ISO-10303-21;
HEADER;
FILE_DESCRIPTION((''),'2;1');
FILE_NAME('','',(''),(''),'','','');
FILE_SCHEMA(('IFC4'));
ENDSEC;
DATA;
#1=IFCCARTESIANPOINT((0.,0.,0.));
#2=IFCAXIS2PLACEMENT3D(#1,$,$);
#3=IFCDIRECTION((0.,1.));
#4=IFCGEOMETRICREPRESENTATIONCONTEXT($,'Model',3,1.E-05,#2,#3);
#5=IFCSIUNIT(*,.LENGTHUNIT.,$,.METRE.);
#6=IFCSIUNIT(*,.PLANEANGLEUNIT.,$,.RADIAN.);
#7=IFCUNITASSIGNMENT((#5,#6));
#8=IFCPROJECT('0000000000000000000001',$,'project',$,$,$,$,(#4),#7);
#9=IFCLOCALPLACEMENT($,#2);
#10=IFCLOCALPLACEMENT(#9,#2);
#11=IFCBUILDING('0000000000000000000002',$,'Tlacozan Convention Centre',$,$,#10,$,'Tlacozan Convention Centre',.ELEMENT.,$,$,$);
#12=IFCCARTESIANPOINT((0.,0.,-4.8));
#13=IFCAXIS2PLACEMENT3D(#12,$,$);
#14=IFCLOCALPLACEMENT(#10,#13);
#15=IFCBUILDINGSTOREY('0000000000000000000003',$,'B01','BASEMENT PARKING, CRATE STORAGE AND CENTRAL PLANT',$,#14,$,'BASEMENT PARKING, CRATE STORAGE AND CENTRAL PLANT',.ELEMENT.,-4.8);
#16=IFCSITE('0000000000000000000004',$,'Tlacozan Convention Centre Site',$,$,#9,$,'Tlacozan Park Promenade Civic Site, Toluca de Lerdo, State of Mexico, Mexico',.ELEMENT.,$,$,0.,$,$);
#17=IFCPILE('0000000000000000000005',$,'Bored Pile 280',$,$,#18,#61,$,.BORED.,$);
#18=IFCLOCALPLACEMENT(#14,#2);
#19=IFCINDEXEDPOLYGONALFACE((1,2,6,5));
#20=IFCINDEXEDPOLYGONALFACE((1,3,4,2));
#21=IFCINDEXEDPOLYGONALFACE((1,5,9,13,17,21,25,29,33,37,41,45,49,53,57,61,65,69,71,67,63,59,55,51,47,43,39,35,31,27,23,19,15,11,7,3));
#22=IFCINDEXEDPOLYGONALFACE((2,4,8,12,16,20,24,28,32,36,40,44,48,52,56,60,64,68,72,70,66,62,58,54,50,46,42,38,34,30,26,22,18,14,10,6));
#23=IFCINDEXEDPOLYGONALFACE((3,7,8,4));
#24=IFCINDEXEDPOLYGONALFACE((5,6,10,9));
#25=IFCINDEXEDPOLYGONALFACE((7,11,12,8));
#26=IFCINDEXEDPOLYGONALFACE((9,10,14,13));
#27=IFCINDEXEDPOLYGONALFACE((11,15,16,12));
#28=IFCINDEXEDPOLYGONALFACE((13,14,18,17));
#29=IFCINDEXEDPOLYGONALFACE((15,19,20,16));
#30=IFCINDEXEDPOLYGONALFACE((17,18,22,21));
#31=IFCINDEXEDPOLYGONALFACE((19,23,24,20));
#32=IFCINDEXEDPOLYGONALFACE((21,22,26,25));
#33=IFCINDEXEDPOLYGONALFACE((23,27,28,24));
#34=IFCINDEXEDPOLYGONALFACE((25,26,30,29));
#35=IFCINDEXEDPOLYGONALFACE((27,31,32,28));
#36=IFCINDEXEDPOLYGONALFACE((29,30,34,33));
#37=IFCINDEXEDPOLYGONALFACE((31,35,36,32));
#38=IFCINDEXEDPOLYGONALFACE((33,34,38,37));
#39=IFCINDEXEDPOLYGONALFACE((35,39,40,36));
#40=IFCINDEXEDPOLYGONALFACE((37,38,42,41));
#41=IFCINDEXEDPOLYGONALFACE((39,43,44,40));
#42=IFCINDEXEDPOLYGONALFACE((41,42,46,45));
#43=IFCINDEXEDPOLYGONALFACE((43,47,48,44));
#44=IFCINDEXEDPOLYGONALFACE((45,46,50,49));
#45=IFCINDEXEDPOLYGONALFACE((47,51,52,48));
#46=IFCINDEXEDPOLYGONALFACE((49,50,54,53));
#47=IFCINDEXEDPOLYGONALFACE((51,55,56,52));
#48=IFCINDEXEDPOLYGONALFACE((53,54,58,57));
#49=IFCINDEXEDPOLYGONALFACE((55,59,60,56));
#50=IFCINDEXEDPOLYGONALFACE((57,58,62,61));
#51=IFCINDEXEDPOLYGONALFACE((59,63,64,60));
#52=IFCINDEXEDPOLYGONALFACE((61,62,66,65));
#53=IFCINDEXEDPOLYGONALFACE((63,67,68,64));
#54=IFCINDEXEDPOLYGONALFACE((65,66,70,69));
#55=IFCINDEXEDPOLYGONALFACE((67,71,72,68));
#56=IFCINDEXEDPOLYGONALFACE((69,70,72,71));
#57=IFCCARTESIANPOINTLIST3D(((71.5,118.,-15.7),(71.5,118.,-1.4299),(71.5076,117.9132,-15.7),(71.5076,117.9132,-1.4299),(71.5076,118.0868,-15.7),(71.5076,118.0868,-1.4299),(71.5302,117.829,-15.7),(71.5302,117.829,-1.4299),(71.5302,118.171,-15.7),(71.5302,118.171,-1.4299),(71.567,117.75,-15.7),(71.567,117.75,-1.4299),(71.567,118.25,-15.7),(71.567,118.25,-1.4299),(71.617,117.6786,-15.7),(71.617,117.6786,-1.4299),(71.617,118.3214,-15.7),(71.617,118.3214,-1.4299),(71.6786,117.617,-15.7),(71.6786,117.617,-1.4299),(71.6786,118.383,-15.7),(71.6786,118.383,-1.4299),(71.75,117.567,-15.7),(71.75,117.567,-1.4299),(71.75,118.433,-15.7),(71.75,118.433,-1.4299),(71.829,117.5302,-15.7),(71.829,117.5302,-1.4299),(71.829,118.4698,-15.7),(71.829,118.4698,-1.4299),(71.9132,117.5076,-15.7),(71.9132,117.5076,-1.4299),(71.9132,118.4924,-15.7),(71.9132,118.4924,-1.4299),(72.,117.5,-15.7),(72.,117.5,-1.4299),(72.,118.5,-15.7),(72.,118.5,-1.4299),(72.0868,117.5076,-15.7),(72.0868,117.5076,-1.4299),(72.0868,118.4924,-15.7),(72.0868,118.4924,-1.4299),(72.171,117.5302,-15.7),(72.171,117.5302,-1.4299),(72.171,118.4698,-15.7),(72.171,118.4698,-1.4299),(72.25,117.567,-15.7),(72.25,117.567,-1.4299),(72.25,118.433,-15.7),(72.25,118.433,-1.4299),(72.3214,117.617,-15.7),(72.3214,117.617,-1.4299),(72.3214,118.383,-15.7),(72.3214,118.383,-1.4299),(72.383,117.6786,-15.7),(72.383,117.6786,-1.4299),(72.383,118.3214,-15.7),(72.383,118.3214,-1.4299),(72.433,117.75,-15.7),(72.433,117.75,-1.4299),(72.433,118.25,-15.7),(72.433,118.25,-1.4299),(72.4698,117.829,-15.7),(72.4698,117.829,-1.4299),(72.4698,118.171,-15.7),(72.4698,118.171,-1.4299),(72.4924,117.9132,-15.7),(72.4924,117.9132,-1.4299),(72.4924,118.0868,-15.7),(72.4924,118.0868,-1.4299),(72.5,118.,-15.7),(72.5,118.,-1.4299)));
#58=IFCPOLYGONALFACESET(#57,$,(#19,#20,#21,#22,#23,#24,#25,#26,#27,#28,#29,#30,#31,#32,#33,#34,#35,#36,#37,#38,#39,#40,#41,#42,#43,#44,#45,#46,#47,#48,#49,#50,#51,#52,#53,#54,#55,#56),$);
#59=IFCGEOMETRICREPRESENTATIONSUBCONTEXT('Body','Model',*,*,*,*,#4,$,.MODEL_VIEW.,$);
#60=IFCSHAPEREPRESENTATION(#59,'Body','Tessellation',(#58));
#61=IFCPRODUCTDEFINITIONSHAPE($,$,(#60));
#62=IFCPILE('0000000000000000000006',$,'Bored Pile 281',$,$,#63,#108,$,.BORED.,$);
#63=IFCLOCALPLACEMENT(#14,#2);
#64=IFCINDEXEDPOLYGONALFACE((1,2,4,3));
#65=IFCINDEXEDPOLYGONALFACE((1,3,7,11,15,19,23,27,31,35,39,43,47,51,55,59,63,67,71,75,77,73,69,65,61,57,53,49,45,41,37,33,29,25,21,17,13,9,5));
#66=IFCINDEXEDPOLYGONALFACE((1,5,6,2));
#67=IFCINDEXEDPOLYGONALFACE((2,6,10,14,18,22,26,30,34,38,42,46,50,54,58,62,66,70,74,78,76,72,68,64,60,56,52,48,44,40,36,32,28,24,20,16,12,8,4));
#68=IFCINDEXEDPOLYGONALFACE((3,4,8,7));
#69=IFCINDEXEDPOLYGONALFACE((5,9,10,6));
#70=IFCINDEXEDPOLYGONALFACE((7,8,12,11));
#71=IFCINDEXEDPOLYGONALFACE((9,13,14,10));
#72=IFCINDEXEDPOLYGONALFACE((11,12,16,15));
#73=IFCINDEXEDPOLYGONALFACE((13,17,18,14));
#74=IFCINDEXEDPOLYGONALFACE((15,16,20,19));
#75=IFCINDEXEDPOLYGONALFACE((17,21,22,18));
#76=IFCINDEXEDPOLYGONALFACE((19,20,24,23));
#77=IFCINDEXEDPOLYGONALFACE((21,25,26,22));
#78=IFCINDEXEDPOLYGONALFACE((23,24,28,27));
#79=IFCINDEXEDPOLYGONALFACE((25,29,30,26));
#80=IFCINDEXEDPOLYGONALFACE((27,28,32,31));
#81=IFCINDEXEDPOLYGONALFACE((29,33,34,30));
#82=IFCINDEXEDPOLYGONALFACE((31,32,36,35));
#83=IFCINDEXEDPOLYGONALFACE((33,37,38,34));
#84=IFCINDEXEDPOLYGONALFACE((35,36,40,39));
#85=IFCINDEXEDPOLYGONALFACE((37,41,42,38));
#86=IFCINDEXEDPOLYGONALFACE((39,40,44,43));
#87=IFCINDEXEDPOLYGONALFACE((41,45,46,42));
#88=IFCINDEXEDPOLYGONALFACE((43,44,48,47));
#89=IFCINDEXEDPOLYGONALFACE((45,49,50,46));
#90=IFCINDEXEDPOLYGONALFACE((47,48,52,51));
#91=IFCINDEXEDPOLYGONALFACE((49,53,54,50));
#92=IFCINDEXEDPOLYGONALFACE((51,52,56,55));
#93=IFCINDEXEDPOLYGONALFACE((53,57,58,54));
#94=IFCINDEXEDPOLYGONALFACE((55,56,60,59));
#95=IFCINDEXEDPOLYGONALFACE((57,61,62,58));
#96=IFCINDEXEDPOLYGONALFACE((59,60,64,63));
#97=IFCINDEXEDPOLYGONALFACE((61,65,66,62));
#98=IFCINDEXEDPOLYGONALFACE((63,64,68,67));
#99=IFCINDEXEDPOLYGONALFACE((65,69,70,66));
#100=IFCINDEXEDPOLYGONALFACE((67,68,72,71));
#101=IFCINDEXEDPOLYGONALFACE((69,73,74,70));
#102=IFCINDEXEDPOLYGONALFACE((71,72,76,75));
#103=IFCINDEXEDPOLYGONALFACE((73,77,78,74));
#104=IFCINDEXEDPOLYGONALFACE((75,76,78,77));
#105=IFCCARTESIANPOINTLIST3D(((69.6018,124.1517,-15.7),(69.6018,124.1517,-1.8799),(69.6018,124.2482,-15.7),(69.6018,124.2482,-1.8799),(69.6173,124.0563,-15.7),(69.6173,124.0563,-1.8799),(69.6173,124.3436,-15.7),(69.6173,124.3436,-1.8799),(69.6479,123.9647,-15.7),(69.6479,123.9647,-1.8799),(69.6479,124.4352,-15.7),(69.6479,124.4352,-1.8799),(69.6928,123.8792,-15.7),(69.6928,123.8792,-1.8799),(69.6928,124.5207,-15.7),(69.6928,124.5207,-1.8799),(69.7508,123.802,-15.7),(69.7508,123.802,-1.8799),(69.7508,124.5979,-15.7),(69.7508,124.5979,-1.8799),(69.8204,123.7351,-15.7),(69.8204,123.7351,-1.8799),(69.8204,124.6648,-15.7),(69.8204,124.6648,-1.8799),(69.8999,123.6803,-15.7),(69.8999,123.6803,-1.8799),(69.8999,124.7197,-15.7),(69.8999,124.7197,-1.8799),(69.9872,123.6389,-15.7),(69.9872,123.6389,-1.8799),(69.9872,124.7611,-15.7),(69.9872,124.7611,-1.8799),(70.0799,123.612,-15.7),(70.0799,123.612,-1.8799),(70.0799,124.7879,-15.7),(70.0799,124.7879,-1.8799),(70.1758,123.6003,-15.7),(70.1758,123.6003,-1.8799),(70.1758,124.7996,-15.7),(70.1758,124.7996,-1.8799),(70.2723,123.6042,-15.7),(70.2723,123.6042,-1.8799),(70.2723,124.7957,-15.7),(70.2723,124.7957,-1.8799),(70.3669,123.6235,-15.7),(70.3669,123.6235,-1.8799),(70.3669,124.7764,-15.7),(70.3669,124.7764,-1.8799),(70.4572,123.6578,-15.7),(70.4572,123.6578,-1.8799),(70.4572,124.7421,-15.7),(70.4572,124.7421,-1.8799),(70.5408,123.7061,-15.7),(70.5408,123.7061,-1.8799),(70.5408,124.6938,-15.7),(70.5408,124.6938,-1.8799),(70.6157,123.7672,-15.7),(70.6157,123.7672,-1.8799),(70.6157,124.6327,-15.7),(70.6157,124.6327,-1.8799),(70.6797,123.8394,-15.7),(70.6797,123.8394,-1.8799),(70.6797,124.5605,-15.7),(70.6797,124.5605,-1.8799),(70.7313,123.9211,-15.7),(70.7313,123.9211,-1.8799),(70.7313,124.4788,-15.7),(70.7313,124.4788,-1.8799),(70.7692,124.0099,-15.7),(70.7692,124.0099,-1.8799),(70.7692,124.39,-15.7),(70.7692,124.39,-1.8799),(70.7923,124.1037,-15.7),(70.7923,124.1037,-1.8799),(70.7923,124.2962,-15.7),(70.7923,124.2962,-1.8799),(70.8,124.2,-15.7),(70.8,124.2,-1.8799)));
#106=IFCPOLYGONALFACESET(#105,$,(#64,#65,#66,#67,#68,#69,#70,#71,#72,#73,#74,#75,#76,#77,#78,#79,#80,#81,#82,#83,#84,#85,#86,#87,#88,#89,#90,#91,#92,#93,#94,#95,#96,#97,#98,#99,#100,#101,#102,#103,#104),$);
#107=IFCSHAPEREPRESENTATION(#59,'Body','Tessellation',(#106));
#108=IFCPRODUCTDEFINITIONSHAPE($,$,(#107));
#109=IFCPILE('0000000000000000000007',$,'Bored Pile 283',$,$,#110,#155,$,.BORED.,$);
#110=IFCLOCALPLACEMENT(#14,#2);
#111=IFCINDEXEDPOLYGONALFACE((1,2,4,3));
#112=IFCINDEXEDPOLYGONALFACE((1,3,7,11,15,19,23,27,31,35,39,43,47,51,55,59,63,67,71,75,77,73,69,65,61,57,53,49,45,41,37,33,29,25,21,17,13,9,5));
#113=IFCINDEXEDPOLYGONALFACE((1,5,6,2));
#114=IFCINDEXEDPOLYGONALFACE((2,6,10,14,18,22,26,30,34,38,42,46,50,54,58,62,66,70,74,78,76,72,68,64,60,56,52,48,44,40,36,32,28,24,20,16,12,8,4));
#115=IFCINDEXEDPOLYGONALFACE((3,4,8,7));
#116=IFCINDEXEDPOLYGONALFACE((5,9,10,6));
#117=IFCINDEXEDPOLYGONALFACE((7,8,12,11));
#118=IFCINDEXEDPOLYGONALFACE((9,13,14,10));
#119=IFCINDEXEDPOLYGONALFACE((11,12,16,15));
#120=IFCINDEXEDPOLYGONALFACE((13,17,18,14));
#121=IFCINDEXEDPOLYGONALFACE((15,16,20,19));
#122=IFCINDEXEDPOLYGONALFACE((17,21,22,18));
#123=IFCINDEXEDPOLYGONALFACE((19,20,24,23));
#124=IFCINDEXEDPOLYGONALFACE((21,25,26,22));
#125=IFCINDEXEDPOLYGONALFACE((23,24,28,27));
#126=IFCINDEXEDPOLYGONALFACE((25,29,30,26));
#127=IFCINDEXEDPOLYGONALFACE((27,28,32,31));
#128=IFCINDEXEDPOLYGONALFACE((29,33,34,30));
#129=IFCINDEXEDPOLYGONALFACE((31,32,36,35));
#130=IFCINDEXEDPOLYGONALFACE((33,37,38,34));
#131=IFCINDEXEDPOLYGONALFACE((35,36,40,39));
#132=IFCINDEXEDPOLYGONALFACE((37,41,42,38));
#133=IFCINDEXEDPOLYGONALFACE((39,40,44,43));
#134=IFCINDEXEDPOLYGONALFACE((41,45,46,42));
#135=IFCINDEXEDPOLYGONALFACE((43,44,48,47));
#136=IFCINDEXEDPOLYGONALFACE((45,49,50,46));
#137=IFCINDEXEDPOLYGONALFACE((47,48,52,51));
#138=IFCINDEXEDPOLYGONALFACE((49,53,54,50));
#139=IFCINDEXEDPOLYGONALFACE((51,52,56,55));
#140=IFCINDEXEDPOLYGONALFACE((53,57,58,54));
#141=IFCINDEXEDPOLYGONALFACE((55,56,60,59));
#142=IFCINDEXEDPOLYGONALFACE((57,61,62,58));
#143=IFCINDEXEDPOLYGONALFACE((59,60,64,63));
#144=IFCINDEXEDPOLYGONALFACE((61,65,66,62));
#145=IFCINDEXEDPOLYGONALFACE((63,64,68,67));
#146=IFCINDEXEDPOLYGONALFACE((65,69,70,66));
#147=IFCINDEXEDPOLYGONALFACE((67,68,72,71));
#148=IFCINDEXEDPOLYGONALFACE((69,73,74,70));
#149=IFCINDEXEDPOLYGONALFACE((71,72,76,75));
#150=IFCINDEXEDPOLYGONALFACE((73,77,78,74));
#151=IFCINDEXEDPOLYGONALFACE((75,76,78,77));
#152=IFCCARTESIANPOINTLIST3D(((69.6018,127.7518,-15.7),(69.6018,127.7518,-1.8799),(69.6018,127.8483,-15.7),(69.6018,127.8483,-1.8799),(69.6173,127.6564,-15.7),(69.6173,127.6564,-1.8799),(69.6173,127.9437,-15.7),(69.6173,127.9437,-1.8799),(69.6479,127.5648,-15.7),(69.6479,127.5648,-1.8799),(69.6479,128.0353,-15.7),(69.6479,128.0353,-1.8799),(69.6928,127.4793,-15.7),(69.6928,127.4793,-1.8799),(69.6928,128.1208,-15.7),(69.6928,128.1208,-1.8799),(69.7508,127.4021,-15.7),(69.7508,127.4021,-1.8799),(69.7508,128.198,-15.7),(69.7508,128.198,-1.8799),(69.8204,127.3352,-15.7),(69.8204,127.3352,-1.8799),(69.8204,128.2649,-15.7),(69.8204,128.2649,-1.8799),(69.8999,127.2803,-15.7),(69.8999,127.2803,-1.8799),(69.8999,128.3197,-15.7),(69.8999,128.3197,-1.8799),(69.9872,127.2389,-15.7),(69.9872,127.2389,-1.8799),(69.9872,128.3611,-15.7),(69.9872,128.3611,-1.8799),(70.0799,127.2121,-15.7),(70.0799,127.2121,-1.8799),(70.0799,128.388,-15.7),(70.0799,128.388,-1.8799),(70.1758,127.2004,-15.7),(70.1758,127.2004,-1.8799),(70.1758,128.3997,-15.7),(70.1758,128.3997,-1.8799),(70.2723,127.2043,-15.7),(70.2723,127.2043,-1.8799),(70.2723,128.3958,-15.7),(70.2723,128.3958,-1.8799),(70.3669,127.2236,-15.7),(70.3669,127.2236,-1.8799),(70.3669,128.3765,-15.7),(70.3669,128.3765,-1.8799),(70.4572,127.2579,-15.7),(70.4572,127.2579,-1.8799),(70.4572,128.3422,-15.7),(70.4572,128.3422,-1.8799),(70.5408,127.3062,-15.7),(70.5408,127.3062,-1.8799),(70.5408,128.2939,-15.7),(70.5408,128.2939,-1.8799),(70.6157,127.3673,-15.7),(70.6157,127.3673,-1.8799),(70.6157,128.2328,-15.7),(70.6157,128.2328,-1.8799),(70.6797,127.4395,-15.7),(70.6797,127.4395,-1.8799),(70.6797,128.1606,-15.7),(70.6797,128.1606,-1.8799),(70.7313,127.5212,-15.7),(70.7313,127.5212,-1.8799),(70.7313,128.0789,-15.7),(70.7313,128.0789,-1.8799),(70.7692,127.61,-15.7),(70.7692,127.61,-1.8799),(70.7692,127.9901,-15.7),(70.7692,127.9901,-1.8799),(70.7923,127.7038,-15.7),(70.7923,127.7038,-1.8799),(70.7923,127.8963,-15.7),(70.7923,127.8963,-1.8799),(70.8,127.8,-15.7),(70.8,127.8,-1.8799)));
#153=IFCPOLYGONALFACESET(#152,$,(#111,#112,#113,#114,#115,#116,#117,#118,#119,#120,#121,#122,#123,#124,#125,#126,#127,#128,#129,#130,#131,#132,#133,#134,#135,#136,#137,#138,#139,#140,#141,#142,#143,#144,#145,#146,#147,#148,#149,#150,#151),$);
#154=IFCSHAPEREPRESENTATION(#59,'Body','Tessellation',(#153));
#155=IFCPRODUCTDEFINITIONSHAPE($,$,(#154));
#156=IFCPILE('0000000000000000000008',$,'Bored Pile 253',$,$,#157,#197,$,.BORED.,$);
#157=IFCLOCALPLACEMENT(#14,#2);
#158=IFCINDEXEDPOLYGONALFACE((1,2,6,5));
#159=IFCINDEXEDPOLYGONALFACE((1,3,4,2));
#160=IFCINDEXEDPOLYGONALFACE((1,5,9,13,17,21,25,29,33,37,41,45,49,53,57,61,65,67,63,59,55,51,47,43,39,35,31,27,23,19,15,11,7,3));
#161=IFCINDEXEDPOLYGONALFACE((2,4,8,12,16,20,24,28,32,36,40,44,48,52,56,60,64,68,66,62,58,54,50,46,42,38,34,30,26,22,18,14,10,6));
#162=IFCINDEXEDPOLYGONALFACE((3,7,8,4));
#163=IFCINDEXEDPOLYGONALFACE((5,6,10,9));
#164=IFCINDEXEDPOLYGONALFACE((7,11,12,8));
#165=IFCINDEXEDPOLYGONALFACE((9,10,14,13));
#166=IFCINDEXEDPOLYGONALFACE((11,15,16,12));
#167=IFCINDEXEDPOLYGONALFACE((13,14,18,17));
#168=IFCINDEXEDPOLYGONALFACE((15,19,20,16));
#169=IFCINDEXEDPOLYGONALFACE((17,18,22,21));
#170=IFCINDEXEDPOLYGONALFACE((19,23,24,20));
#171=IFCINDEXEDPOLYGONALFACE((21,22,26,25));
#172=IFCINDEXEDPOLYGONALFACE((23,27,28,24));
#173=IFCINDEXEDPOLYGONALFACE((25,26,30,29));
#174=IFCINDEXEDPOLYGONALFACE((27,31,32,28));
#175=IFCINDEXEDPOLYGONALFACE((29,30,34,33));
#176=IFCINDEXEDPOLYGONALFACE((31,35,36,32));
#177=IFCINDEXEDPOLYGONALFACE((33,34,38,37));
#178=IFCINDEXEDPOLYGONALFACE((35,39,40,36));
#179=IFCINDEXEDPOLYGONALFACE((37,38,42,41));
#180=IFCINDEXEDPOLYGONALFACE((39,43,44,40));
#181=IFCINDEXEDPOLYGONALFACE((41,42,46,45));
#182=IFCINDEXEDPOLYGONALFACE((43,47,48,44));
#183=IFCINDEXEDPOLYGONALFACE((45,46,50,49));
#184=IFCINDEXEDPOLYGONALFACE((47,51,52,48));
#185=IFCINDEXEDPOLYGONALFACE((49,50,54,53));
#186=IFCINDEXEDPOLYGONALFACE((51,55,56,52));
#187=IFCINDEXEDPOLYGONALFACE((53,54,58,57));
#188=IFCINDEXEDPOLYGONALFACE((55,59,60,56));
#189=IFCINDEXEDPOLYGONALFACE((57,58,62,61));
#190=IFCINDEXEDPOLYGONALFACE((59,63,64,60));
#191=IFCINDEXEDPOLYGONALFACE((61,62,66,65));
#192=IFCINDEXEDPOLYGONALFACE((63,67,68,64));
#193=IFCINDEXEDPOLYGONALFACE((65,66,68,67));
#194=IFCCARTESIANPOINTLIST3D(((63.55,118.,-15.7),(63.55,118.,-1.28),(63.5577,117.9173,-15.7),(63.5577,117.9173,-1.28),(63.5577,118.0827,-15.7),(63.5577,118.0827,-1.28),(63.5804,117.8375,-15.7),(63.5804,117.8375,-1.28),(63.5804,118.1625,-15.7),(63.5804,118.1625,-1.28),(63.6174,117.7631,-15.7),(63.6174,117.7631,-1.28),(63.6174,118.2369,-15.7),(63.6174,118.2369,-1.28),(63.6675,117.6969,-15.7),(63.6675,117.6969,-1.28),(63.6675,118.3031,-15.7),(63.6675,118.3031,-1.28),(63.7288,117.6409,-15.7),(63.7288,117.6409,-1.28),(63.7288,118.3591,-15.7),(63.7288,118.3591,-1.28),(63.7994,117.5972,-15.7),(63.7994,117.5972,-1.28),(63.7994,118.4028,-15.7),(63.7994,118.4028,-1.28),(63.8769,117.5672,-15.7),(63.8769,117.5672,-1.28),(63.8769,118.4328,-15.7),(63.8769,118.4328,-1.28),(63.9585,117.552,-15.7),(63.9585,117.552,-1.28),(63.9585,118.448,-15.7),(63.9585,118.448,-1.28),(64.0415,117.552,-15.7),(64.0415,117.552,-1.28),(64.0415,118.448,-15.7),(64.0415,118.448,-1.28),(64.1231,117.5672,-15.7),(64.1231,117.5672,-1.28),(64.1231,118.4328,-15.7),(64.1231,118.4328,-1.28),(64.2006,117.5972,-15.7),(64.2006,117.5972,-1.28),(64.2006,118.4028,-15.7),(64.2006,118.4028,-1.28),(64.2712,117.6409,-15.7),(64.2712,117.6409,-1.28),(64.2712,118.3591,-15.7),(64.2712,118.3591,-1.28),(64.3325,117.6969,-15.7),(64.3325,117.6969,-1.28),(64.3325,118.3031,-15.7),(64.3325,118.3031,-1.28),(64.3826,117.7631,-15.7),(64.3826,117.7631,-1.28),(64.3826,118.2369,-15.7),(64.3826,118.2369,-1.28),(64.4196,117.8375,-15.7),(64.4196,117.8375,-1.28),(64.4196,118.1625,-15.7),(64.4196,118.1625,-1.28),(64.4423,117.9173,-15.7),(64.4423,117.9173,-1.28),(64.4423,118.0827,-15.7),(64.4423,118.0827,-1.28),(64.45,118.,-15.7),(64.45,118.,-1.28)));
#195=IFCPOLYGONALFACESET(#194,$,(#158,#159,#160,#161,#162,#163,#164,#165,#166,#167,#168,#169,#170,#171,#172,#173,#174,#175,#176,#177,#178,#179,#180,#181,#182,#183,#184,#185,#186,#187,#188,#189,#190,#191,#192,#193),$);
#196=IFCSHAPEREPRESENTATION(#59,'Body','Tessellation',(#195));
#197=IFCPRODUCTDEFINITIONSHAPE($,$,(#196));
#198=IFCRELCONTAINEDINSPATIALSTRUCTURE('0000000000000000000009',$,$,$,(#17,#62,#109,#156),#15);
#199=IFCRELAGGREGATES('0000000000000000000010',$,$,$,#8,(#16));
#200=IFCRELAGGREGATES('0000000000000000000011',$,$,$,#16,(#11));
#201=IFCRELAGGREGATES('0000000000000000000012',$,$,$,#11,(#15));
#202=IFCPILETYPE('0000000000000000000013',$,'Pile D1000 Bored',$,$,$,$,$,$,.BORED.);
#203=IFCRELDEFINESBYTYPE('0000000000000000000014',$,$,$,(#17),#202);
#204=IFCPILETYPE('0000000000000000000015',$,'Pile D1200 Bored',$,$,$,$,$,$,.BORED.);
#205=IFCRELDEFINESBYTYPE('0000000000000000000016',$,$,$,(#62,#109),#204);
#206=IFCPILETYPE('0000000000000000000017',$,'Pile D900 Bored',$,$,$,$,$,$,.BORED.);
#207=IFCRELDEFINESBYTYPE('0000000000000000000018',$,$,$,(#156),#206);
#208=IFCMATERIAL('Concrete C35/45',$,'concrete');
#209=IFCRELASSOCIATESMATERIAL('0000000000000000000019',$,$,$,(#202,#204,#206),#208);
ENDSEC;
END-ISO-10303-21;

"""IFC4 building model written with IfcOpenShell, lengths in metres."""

from ifc_helpers import new_model, si_unit, direction, frame, origin, origin_2d, place, context, subcontext, project, spatial, circle, extrude, material, material_profile, profile_set, type_object, element, save


model = new_model("IFC4")

# Units and contexts
model_context = context("Model", 3, precision=1e-05, world=origin(), true_north=direction((0.0, 1.0)))
body_context = subcontext(model_context, "Body", "Model", "MODEL_VIEW")
ifc_project = project(units=[si_unit("LENGTHUNIT", "METRE"), si_unit("PLANEANGLEUNIT", "RADIAN")], contexts=[model_context])

# Site, building, storey
site_placement = place(None, origin())
site = spatial("IfcSite", under=ifc_project, at=site_placement, Name="Tlacozan Convention Centre Site", LongName="Tlacozan Park Promenade Civic Site, Toluca de Lerdo, State of Mexico, Mexico", CompositionType="ELEMENT", RefElevation=0.0)
building_placement = place(site_placement, origin())
building = spatial("IfcBuilding", under=site, at=building_placement, Name="Tlacozan Convention Centre", LongName="Tlacozan Convention Centre", CompositionType="ELEMENT")
storey_placement = place(building_placement, frame((0.0, 0.0, -4.8)))
storey = spatial("IfcBuildingStorey", under=building, at=storey_placement, Name="B01", Description="BASEMENT PARKING, CRATE STORAGE AND CENTRAL PLANT", LongName="BASEMENT PARKING, CRATE STORAGE AND CENTRAL PLANT", CompositionType="ELEMENT", Elevation=-4.8)

# Shared definitions
ifc_material_1 = material(Name="Concrete C35/45", Category="concrete")

# Piles
ifc_material_profile_1 = material_profile(ifc_material_1, circle(Radius=0.5, at=origin_2d()), Name="PILE D1000")
ifc_profile_set_1 = profile_set([ifc_material_profile_1], Name="Concrete C35/45")
pile_type_1 = type_object("IfcPileType", Name="Pile D1000 Bored", PredefinedType="BORED", material=ifc_profile_set_1)
pile_1_placement = place(storey_placement, frame((72.0, 118.0, -1.4299), z_axis=(0.0, 0.0, -1.0), x_axis=(1.0, 0.0, 0.0)))
element("IfcPile", 1, at=pile_1_placement, inside=storey, type_object=pile_type_1, Name="Bored Pile 280", PredefinedType="BORED", context=body_context, shape_type="SweptSolid", body=[
    extrude(circle(Radius=0.5, at=origin_2d()), origin(), (0.0, 0.0, 1.0), 14.27),
])
ifc_material_profile_2 = material_profile(ifc_material_1, circle(Radius=0.6001, at=origin_2d()), Name="PILE D1200")
ifc_profile_set_2 = profile_set([ifc_material_profile_2], Name="Concrete C35/45")
pile_type_2 = type_object("IfcPileType", Name="Pile D1200 Bored", PredefinedType="BORED", material=ifc_profile_set_2)
for number, where, z_axis, x_axis, name in (
    (2, (70.2, 124.2, -1.8799), (0.0, 0.0, -1.0), (1.0, 0.0, 0.0), "Bored Pile 281"),
    (3, (70.2, 127.8, -1.8799), (0.0, 0.0, -1.0), (1.0, 0.0, 0.0), "Bored Pile 283"),
):
    element("IfcPile", number, at=place(storey_placement, frame(where, z_axis=z_axis, x_axis=x_axis)), inside=storey, type_object=pile_type_2, Name=name, PredefinedType="BORED", context=body_context, shape_type="SweptSolid", body=[
        extrude(circle(Radius=0.6001, at=origin_2d()), origin(), (0.0, 0.0, 1.0), 13.8201),
    ])
ifc_material_profile_3 = material_profile(ifc_material_1, circle(Radius=0.45, at=origin_2d()), Name="PILE D900")
ifc_profile_set_3 = profile_set([ifc_material_profile_3], Name="Concrete C35/45")
pile_type_3 = type_object("IfcPileType", Name="Pile D900 Bored", PredefinedType="BORED", material=ifc_profile_set_3)
pile_2_placement = place(storey_placement, frame((64.0, 118.0, -1.28), z_axis=(0.0, 0.0, -1.0), x_axis=(1.0, 0.0, 0.0)))
element("IfcPile", 4, at=pile_2_placement, inside=storey, type_object=pile_type_3, Name="Bored Pile 253", PredefinedType="BORED", context=body_context, shape_type="SweptSolid", body=[
    extrude(circle(Radius=0.45, at=origin_2d()), origin(), (0.0, 0.0, 1.0), 14.4199),
])

save(model, "model.ifc")
